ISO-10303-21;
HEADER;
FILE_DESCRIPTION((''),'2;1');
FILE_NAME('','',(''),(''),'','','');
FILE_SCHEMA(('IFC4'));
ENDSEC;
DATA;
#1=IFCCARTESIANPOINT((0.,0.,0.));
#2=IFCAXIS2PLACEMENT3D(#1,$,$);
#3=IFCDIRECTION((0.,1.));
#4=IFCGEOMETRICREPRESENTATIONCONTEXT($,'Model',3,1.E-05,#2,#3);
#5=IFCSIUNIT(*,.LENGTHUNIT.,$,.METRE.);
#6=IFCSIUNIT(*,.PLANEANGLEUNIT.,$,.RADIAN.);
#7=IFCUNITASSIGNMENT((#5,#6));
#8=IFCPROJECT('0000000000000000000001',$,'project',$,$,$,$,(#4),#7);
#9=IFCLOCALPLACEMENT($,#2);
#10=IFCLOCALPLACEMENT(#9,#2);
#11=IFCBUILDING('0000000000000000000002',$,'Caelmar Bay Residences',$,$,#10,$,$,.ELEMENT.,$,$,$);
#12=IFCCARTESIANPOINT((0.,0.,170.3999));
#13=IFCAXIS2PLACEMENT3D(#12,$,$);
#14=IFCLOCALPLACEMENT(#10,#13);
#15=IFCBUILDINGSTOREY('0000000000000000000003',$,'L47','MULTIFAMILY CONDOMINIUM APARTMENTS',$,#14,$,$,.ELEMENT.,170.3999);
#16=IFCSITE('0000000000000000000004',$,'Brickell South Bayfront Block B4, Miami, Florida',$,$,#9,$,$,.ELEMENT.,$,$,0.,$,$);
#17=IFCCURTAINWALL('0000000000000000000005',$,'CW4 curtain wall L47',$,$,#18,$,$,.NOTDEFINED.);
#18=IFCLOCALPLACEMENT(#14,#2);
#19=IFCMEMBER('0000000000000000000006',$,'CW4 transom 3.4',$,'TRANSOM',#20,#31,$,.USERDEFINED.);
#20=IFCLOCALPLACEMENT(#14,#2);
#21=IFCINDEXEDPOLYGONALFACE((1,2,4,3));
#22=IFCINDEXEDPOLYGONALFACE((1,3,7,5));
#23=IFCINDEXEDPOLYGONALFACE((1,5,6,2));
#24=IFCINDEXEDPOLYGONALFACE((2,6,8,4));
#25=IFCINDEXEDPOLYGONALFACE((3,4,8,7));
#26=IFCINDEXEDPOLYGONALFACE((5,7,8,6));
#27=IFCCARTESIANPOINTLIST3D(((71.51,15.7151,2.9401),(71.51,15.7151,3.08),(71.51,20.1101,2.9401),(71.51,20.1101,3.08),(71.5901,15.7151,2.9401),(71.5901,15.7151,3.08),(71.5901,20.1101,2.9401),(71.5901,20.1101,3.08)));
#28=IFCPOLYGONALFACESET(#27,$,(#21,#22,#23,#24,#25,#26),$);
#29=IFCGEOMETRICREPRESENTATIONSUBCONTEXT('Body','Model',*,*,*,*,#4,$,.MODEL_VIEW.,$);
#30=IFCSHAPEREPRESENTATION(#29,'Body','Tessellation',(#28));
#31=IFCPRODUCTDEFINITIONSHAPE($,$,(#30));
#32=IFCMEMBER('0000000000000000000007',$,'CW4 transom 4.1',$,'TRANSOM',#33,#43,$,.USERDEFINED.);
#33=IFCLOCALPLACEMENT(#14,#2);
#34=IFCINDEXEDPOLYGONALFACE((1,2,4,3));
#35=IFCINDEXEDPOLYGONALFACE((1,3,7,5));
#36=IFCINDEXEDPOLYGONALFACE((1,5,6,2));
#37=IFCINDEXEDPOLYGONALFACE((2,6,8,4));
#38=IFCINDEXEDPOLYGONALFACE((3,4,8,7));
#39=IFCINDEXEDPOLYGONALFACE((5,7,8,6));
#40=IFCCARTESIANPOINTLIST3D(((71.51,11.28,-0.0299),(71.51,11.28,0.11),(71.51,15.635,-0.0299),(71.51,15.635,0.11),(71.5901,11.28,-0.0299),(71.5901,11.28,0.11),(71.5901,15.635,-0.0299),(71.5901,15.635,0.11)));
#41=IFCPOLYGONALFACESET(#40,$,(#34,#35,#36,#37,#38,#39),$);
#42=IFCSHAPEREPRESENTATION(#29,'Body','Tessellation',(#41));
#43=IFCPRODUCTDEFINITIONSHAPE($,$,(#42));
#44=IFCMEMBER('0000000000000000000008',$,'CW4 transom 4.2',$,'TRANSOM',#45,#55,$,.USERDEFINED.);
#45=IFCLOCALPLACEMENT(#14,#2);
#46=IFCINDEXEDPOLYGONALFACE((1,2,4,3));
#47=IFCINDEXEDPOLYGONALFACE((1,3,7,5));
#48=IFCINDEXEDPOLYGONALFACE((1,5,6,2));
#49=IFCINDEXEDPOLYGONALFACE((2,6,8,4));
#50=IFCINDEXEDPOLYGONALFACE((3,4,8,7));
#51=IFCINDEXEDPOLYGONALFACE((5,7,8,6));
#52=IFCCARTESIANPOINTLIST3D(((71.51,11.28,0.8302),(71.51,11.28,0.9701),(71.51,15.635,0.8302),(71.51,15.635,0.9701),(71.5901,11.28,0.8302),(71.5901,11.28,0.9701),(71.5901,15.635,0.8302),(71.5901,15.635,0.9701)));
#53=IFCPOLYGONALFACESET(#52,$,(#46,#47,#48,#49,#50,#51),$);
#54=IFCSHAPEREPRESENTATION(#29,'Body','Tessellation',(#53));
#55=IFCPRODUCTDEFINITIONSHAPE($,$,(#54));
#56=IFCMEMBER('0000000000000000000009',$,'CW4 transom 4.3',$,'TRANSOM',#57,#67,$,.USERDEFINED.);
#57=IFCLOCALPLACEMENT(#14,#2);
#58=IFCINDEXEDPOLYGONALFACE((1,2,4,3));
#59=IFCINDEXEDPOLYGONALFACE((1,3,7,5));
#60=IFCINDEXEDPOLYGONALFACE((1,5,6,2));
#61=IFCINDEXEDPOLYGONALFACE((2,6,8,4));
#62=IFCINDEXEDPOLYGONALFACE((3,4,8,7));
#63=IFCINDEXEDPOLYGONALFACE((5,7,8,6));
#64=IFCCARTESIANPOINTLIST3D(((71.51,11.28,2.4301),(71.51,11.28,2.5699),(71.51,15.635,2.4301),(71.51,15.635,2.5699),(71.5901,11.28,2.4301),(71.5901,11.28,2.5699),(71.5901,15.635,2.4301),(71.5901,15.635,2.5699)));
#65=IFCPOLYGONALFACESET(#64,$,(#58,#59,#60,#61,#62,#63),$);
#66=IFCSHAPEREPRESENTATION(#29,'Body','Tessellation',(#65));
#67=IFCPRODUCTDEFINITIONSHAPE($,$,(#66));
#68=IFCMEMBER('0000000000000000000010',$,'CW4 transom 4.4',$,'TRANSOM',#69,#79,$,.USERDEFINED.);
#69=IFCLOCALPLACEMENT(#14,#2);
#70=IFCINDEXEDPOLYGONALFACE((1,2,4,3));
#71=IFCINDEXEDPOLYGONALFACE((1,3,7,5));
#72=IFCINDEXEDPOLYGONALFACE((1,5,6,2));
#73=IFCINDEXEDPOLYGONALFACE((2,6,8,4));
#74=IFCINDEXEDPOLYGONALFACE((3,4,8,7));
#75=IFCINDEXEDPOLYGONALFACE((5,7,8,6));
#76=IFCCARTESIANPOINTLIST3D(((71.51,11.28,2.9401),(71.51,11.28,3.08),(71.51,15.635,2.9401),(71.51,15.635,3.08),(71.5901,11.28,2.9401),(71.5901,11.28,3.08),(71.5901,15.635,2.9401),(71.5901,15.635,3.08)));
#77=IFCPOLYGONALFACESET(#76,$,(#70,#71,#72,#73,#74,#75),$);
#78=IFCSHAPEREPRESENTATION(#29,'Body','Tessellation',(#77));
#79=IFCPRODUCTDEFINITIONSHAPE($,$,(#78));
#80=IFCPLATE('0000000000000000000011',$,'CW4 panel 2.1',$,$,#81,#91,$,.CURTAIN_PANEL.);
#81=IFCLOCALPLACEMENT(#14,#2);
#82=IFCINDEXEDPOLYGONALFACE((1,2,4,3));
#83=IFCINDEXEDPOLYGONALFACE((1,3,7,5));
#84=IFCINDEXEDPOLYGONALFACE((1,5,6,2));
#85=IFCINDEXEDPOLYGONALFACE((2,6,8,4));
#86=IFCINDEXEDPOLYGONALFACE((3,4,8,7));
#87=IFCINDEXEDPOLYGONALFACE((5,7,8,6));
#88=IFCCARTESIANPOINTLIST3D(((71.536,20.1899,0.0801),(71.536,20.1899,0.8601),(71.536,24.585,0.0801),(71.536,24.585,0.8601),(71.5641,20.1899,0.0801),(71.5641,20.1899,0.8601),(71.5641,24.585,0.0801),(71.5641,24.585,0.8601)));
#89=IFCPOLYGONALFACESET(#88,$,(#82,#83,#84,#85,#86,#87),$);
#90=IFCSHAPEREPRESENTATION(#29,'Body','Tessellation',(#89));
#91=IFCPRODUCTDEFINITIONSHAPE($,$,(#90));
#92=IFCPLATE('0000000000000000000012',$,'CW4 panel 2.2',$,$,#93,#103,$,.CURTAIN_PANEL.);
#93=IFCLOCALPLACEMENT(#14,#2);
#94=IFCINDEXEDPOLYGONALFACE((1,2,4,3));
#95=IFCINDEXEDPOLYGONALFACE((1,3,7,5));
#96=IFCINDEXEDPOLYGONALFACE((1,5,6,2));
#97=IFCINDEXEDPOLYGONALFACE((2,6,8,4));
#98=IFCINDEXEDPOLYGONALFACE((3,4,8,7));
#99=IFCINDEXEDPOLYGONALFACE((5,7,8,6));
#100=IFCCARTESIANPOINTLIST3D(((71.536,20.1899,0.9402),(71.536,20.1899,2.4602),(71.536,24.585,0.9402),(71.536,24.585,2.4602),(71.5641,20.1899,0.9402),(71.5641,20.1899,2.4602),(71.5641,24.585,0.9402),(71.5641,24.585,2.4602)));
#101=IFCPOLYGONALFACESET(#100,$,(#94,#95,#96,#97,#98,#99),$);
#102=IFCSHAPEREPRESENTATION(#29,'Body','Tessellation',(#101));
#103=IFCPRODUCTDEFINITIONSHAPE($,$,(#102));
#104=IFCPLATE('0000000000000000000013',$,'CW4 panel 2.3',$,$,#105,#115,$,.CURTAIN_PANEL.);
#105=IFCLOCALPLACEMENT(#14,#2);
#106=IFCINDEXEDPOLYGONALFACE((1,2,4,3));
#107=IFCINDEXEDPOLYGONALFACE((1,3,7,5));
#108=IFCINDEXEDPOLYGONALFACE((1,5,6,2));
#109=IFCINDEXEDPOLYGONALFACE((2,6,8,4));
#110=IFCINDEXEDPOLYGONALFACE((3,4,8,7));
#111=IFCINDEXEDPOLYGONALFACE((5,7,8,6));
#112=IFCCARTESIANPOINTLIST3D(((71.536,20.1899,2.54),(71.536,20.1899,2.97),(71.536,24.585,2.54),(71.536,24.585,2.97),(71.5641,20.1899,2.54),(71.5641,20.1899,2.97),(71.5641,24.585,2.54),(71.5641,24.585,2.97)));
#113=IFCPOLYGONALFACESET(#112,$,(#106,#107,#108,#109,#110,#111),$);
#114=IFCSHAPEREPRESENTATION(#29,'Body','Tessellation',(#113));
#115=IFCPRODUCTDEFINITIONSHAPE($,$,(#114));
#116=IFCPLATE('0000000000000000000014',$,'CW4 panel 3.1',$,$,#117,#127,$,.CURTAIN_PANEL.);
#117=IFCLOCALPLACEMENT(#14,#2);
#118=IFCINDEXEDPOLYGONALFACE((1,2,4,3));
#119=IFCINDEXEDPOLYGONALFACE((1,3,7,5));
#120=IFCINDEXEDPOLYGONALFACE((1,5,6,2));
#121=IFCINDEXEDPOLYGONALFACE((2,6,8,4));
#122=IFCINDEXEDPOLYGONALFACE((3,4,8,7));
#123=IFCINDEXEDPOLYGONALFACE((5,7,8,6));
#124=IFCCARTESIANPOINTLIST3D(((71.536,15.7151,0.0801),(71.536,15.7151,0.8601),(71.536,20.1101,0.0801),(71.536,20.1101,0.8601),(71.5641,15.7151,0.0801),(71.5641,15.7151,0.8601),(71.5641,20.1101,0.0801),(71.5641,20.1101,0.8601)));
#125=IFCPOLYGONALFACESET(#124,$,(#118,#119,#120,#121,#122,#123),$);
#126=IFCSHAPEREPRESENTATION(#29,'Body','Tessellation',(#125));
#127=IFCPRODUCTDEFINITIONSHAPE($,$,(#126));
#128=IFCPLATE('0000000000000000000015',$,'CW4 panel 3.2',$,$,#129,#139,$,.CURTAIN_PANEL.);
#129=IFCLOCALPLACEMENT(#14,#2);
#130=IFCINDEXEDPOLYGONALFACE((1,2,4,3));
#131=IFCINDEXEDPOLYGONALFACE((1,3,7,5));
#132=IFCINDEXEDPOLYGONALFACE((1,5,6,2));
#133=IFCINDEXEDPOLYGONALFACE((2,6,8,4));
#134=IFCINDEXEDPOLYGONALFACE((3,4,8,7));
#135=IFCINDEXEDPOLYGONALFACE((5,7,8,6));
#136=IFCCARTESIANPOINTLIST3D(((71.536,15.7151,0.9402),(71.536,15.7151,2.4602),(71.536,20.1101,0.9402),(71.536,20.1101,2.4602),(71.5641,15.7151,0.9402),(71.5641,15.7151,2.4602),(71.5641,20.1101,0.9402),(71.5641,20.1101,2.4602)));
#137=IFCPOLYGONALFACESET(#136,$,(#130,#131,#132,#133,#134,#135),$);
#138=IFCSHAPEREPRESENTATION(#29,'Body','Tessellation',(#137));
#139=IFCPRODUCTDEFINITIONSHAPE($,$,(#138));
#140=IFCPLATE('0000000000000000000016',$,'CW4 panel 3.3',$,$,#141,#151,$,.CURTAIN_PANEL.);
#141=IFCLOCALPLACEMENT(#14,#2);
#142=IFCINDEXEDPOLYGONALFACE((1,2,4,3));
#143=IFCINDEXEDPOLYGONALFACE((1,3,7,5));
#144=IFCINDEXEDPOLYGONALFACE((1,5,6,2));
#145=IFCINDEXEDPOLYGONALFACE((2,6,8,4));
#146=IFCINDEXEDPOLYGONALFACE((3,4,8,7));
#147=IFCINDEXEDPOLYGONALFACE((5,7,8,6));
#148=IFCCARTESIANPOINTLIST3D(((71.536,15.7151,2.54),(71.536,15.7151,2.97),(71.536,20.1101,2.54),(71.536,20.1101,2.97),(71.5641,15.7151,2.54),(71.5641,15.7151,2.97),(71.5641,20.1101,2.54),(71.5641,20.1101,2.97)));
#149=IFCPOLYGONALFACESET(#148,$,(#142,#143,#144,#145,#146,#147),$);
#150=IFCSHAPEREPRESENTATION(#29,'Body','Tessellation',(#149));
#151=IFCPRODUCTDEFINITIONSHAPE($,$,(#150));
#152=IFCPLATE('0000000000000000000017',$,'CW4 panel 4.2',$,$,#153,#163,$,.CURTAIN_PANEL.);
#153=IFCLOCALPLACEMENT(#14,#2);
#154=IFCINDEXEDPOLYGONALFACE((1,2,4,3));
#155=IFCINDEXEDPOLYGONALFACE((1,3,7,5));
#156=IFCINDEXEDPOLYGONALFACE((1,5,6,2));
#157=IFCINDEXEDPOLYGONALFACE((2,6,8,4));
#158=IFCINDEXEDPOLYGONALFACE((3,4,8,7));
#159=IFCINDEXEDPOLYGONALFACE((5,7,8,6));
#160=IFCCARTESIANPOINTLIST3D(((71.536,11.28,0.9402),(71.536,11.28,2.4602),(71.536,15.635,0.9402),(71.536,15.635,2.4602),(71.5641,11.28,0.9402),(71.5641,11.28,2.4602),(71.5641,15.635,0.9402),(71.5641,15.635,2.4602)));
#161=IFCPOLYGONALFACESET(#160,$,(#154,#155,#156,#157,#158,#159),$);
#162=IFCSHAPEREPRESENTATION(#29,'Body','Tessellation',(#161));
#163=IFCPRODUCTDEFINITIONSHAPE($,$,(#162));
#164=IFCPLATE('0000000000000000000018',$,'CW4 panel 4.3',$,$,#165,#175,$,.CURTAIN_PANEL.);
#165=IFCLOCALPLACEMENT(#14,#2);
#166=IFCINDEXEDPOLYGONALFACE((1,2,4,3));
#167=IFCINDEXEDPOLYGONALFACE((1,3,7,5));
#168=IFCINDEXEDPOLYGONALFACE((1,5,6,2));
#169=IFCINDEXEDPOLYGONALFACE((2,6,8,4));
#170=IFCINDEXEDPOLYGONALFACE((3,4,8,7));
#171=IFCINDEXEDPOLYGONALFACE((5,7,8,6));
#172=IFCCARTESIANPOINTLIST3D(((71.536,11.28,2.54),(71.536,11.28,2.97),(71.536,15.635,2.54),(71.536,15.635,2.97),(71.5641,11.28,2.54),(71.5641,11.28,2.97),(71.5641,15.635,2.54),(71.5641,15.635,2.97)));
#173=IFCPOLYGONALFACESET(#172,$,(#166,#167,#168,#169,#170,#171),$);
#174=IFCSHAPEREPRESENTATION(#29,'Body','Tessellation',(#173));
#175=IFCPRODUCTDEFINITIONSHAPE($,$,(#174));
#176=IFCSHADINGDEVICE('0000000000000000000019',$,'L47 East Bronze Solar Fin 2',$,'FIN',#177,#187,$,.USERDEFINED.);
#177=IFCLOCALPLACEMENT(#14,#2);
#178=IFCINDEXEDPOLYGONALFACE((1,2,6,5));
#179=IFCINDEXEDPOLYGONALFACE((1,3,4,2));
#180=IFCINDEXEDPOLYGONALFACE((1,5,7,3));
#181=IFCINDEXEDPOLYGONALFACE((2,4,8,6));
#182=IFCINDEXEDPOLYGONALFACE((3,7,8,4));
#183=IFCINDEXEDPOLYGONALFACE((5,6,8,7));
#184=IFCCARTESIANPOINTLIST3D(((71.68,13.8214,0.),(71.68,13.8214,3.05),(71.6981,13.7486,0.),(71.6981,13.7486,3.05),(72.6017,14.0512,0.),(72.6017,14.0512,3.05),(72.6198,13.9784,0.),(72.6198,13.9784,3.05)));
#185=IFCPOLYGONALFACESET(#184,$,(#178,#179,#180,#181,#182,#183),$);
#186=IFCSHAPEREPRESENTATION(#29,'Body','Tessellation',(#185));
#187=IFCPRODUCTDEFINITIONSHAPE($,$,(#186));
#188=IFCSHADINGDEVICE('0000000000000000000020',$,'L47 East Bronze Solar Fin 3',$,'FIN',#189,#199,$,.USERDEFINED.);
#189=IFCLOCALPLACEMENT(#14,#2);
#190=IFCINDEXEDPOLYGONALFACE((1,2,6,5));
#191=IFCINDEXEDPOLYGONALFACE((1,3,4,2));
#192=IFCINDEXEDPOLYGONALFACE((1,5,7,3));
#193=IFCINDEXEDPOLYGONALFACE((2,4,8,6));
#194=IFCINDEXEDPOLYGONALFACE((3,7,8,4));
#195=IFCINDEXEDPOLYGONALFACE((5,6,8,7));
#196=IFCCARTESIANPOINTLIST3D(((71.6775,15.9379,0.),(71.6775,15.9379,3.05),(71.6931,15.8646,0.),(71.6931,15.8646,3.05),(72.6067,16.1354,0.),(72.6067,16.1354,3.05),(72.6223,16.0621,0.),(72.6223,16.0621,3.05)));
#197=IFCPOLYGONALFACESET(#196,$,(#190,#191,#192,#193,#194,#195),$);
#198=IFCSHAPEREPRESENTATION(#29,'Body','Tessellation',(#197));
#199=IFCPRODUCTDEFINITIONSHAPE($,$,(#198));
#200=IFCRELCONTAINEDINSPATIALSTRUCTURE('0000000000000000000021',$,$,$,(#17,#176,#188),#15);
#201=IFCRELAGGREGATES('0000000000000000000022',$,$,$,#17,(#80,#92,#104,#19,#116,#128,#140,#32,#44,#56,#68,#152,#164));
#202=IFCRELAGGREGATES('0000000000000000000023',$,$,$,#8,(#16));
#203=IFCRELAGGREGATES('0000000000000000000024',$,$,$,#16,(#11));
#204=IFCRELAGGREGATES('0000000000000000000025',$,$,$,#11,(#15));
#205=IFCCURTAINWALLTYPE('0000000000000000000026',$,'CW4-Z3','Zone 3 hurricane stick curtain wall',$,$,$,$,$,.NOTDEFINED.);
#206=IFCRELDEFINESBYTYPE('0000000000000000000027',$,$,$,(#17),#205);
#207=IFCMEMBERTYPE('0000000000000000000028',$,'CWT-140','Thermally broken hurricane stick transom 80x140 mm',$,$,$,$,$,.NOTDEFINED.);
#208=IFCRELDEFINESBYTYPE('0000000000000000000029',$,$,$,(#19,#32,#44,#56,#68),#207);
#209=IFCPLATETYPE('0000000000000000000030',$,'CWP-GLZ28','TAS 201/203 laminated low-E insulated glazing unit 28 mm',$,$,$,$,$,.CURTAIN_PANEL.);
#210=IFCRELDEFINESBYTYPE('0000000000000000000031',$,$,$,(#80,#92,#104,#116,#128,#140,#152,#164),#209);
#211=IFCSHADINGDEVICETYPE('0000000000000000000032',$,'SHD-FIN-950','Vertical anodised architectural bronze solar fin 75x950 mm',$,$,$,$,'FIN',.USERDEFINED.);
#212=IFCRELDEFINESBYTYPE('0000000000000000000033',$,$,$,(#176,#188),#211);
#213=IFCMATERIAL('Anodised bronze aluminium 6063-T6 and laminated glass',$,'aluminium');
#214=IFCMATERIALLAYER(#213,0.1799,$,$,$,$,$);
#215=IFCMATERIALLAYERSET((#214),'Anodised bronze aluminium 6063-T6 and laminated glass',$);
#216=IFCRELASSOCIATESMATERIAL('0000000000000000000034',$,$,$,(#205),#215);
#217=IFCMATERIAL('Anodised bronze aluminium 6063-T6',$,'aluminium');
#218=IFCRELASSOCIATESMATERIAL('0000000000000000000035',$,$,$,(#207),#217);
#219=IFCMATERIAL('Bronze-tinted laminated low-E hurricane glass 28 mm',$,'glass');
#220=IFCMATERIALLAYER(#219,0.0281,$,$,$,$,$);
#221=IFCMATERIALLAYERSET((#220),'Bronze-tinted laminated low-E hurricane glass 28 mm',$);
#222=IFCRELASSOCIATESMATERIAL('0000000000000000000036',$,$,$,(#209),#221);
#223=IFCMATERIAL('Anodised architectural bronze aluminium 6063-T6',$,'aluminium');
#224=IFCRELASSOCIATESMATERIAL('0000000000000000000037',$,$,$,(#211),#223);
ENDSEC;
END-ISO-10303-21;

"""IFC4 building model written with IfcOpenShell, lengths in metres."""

from ifc_helpers import new_model, si_unit, direction, frame, origin, origin_2d, place, context, subcontext, project, spatial, rectangle, extrude, material, layer, layer_set, material_profile, profile_set, type_object, element, aggregate, save


model = new_model("IFC4")

# Units and contexts
model_context = context("Model", 3, precision=1e-05, world=origin(), true_north=direction((0.0, 1.0)))
body_context = subcontext(model_context, "Body", "Model", "MODEL_VIEW")
ifc_project = project(units=[si_unit("LENGTHUNIT", "METRE"), si_unit("PLANEANGLEUNIT", "RADIAN")], contexts=[model_context])

# Site, building, storey
site_placement = place(None, origin())
site = spatial("IfcSite", under=ifc_project, at=site_placement, Name="Brickell South Bayfront Block B4, Miami, Florida", CompositionType="ELEMENT", RefElevation=0.0)
building_placement = place(site_placement, origin())
building = spatial("IfcBuilding", under=site, at=building_placement, Name="Caelmar Bay Residences", CompositionType="ELEMENT")
storey_placement = place(building_placement, frame((0.0, 0.0, 170.3999)))
storey = spatial("IfcBuildingStorey", under=building, at=storey_placement, Name="L47", Description="MULTIFAMILY CONDOMINIUM APARTMENTS", CompositionType="ELEMENT", Elevation=170.3999)

# Curtain wall, members, plates
ifc_material_1 = material(Name="Anodised bronze aluminium 6063-T6 and laminated glass", Category="aluminium")
ifc_layer_1 = layer(ifc_material_1, 0.1799)
ifc_layer_set_1 = layer_set([ifc_layer_1], Name="Anodised bronze aluminium 6063-T6 and laminated glass")
curtain_wall_type = type_object("IfcCurtainWallType", Name="CW4-Z3", Description="Zone 3 hurricane stick curtain wall", PredefinedType="NOTDEFINED", material=ifc_layer_set_1)
curtain_wall_placement = place(storey_placement, origin())
curtain_wall = element("IfcCurtainWall", 1, at=curtain_wall_placement, inside=storey, type_object=curtain_wall_type, Name="CW4 curtain wall L47", PredefinedType="NOTDEFINED")
ifc_material_2 = material(Name="Anodised bronze aluminium 6063-T6", Category="aluminium")
ifc_material_profile_1 = material_profile(ifc_material_2, rectangle(XDim=0.0801, YDim=0.1399, at=origin_2d()), Name="CWT-80X140")
ifc_profile_set_1 = profile_set([ifc_material_profile_1], Name="Anodised bronze aluminium 6063-T6")
member_type_1 = type_object("IfcMemberType", Name="CWT-140", Description="Thermally broken hurricane stick transom 80x140 mm", PredefinedType="NOTDEFINED", material=ifc_profile_set_1)
member_1_placement = place(storey_placement, frame((71.55, 20.1101, 3.01), z_axis=(0.0, -1.0, 0.0), x_axis=(1.0, 0.0, 0.0)))
member_1 = element("IfcMember", 2, at=member_1_placement, type_object=member_type_1, Name="CW4 transom 3.4", ObjectType="TRANSOM", PredefinedType="USERDEFINED", context=body_context, shape_type="SweptSolid", body=[
    extrude(rectangle(XDim=0.0801, YDim=0.1399, at=origin_2d()), origin(), (0.0, 0.0, 1.0), 4.395),
])
member_2_placement = place(storey_placement, frame((71.55, 15.635, 0.04), z_axis=(0.0, -1.0, 0.0), x_axis=(1.0, 0.0, 0.0)))
member_2 = element("IfcMember", 3, at=member_2_placement, type_object=member_type_1, Name="CW4 transom 4.1", ObjectType="TRANSOM", PredefinedType="USERDEFINED", context=body_context, shape_type="SweptSolid", body=[
    extrude(rectangle(XDim=0.0801, YDim=0.1399, at=origin_2d()), origin(), (0.0, 0.0, 1.0), 4.355),
])
member_3_placement = place(storey_placement, frame((71.55, 15.635, 0.9001), z_axis=(0.0, -1.0, 0.0), x_axis=(1.0, 0.0, 0.0)))
member_3 = element("IfcMember", 4, at=member_3_placement, type_object=member_type_1, Name="CW4 transom 4.2", ObjectType="TRANSOM", PredefinedType="USERDEFINED", context=body_context, shape_type="SweptSolid", body=[
    extrude(rectangle(XDim=0.0801, YDim=0.1399, at=origin_2d()), origin(), (0.0, 0.0, 1.0), 4.355),
])
member_4_placement = place(storey_placement, frame((71.55, 15.635, 2.5), z_axis=(0.0, -1.0, 0.0), x_axis=(1.0, 0.0, 0.0)))
member_4 = element("IfcMember", 5, at=member_4_placement, type_object=member_type_1, Name="CW4 transom 4.3", ObjectType="TRANSOM", PredefinedType="USERDEFINED", context=body_context, shape_type="SweptSolid", body=[
    extrude(rectangle(XDim=0.0801, YDim=0.1399, at=origin_2d()), origin(), (0.0, 0.0, 1.0), 4.355),
])
member_5_placement = place(storey_placement, frame((71.55, 15.635, 3.01), z_axis=(0.0, -1.0, 0.0), x_axis=(1.0, 0.0, 0.0)))
member_5 = element("IfcMember", 6, at=member_5_placement, type_object=member_type_1, Name="CW4 transom 4.4", ObjectType="TRANSOM", PredefinedType="USERDEFINED", context=body_context, shape_type="SweptSolid", body=[
    extrude(rectangle(XDim=0.0801, YDim=0.1399, at=origin_2d()), origin(), (0.0, 0.0, 1.0), 4.355),
])
ifc_material_3 = material(Name="Bronze-tinted laminated low-E hurricane glass 28 mm", Category="glass")
ifc_layer_2 = layer(ifc_material_3, 0.0281)
ifc_layer_set_2 = layer_set([ifc_layer_2], Name="Bronze-tinted laminated low-E hurricane glass 28 mm")
plate_type = type_object("IfcPlateType", Name="CWP-GLZ28", Description="TAS 201/203 laminated low-E insulated glazing unit 28 mm", PredefinedType="CURTAIN_PANEL", material=ifc_layer_set_2)
plate_1_placement = place(storey_placement, frame((71.55, 22.3875, 0.0801), z_axis=(0.0, 0.0, 1.0), x_axis=(0.0, -1.0, 0.0)))
plate_1 = element("IfcPlate", 7, at=plate_1_placement, type_object=plate_type, Name="CW4 panel 2.1", PredefinedType="CURTAIN_PANEL", context=body_context, shape_type="SweptSolid", body=[
    extrude(rectangle(XDim=4.395, YDim=0.0281, at=origin_2d()), origin(), (0.0, 0.0, 1.0), 0.78),
])
plate_2_placement = place(storey_placement, frame((71.55, 22.3875, 0.9402), z_axis=(0.0, 0.0, 1.0), x_axis=(0.0, -1.0, 0.0)))
plate_2 = element("IfcPlate", 8, at=plate_2_placement, type_object=plate_type, Name="CW4 panel 2.2", PredefinedType="CURTAIN_PANEL", context=body_context, shape_type="SweptSolid", body=[
    extrude(rectangle(XDim=4.395, YDim=0.0281, at=origin_2d()), origin(), (0.0, 0.0, 1.0), 1.52),
])
plate_3_placement = place(storey_placement, frame((71.55, 22.3875, 2.54), z_axis=(0.0, 0.0, 1.0), x_axis=(0.0, -1.0, 0.0)))
plate_3 = element("IfcPlate", 9, at=plate_3_placement, type_object=plate_type, Name="CW4 panel 2.3", PredefinedType="CURTAIN_PANEL", context=body_context, shape_type="SweptSolid", body=[
    extrude(rectangle(XDim=4.395, YDim=0.0281, at=origin_2d()), origin(), (0.0, 0.0, 1.0), 0.4299),
])
plate_4_placement = place(storey_placement, frame((71.55, 17.9126, 0.0801), z_axis=(0.0, 0.0, 1.0), x_axis=(0.0, -1.0, 0.0)))
plate_4 = element("IfcPlate", 10, at=plate_4_placement, type_object=plate_type, Name="CW4 panel 3.1", PredefinedType="CURTAIN_PANEL", context=body_context, shape_type="SweptSolid", body=[
    extrude(rectangle(XDim=4.395, YDim=0.0281, at=origin_2d()), origin(), (0.0, 0.0, 1.0), 0.78),
])
plate_5_placement = place(storey_placement, frame((71.55, 17.9126, 0.9402), z_axis=(0.0, 0.0, 1.0), x_axis=(0.0, -1.0, 0.0)))
plate_5 = element("IfcPlate", 11, at=plate_5_placement, type_object=plate_type, Name="CW4 panel 3.2", PredefinedType="CURTAIN_PANEL", context=body_context, shape_type="SweptSolid", body=[
    extrude(rectangle(XDim=4.395, YDim=0.0281, at=origin_2d()), origin(), (0.0, 0.0, 1.0), 1.52),
])
plate_6_placement = place(storey_placement, frame((71.55, 17.9126, 2.54), z_axis=(0.0, 0.0, 1.0), x_axis=(0.0, -1.0, 0.0)))
plate_6 = element("IfcPlate", 12, at=plate_6_placement, type_object=plate_type, Name="CW4 panel 3.3", PredefinedType="CURTAIN_PANEL", context=body_context, shape_type="SweptSolid", body=[
    extrude(rectangle(XDim=4.395, YDim=0.0281, at=origin_2d()), origin(), (0.0, 0.0, 1.0), 0.4299),
])
plate_7_placement = place(storey_placement, frame((71.55, 13.4575, 0.9402), z_axis=(0.0, 0.0, 1.0), x_axis=(0.0, -1.0, 0.0)))
plate_7 = element("IfcPlate", 13, at=plate_7_placement, type_object=plate_type, Name="CW4 panel 4.2", PredefinedType="CURTAIN_PANEL", context=body_context, shape_type="SweptSolid", body=[
    extrude(rectangle(XDim=4.355, YDim=0.0281, at=origin_2d()), origin(), (0.0, 0.0, 1.0), 1.52),
])
plate_8_placement = place(storey_placement, frame((71.55, 13.4575, 2.54), z_axis=(0.0, 0.0, 1.0), x_axis=(0.0, -1.0, 0.0)))
plate_8 = element("IfcPlate", 14, at=plate_8_placement, type_object=plate_type, Name="CW4 panel 4.3", PredefinedType="CURTAIN_PANEL", context=body_context, shape_type="SweptSolid", body=[
    extrude(rectangle(XDim=4.355, YDim=0.0281, at=origin_2d()), origin(), (0.0, 0.0, 1.0), 0.4299),
])
aggregate(curtain_wall, [plate_1, plate_2, plate_3, member_1, plate_4, plate_5, plate_6, member_2, member_3, member_4, member_5, plate_7, plate_8])

# Shading devices
ifc_material_4 = material(Name="Anodised architectural bronze aluminium 6063-T6", Category="aluminium")
ifc_material_profile_2 = material_profile(ifc_material_4, rectangle(XDim=0.075, YDim=0.95, at=origin_2d()), Name="BRONZE-FIN-75X950")
ifc_profile_set_2 = profile_set([ifc_material_profile_2], Name="Anodised architectural bronze aluminium 6063-T6")
shading_device_type = type_object("IfcShadingDeviceType", Name="SHD-FIN-950", Description="Vertical anodised architectural bronze solar fin 75x950 mm", ElementType="FIN", PredefinedType="USERDEFINED", material=ifc_profile_set_2)
for number, where, z_axis, x_axis, name in (
    (15, (72.1499, 13.8999, 0.0), (0.0, 0.0, 1.0), (-0.241922, 0.970296, 0.0), "L47 East Bronze Solar Fin 2"),
    (16, (72.1499, 16.0, 0.0), (0.0, 0.0, 1.0), (-0.207912, 0.978148, 0.0), "L47 East Bronze Solar Fin 3"),
):
    element("IfcShadingDevice", number, at=place(storey_placement, frame(where, z_axis=z_axis, x_axis=x_axis)), inside=storey, type_object=shading_device_type, Name=name, ObjectType="FIN", PredefinedType="USERDEFINED", context=body_context, shape_type="SweptSolid", body=[
        extrude(rectangle(XDim=0.075, YDim=0.95, at=origin_2d()), origin(), (0.0, 0.0, 1.0), 3.05),
    ])

save(model, "model.ifc")
